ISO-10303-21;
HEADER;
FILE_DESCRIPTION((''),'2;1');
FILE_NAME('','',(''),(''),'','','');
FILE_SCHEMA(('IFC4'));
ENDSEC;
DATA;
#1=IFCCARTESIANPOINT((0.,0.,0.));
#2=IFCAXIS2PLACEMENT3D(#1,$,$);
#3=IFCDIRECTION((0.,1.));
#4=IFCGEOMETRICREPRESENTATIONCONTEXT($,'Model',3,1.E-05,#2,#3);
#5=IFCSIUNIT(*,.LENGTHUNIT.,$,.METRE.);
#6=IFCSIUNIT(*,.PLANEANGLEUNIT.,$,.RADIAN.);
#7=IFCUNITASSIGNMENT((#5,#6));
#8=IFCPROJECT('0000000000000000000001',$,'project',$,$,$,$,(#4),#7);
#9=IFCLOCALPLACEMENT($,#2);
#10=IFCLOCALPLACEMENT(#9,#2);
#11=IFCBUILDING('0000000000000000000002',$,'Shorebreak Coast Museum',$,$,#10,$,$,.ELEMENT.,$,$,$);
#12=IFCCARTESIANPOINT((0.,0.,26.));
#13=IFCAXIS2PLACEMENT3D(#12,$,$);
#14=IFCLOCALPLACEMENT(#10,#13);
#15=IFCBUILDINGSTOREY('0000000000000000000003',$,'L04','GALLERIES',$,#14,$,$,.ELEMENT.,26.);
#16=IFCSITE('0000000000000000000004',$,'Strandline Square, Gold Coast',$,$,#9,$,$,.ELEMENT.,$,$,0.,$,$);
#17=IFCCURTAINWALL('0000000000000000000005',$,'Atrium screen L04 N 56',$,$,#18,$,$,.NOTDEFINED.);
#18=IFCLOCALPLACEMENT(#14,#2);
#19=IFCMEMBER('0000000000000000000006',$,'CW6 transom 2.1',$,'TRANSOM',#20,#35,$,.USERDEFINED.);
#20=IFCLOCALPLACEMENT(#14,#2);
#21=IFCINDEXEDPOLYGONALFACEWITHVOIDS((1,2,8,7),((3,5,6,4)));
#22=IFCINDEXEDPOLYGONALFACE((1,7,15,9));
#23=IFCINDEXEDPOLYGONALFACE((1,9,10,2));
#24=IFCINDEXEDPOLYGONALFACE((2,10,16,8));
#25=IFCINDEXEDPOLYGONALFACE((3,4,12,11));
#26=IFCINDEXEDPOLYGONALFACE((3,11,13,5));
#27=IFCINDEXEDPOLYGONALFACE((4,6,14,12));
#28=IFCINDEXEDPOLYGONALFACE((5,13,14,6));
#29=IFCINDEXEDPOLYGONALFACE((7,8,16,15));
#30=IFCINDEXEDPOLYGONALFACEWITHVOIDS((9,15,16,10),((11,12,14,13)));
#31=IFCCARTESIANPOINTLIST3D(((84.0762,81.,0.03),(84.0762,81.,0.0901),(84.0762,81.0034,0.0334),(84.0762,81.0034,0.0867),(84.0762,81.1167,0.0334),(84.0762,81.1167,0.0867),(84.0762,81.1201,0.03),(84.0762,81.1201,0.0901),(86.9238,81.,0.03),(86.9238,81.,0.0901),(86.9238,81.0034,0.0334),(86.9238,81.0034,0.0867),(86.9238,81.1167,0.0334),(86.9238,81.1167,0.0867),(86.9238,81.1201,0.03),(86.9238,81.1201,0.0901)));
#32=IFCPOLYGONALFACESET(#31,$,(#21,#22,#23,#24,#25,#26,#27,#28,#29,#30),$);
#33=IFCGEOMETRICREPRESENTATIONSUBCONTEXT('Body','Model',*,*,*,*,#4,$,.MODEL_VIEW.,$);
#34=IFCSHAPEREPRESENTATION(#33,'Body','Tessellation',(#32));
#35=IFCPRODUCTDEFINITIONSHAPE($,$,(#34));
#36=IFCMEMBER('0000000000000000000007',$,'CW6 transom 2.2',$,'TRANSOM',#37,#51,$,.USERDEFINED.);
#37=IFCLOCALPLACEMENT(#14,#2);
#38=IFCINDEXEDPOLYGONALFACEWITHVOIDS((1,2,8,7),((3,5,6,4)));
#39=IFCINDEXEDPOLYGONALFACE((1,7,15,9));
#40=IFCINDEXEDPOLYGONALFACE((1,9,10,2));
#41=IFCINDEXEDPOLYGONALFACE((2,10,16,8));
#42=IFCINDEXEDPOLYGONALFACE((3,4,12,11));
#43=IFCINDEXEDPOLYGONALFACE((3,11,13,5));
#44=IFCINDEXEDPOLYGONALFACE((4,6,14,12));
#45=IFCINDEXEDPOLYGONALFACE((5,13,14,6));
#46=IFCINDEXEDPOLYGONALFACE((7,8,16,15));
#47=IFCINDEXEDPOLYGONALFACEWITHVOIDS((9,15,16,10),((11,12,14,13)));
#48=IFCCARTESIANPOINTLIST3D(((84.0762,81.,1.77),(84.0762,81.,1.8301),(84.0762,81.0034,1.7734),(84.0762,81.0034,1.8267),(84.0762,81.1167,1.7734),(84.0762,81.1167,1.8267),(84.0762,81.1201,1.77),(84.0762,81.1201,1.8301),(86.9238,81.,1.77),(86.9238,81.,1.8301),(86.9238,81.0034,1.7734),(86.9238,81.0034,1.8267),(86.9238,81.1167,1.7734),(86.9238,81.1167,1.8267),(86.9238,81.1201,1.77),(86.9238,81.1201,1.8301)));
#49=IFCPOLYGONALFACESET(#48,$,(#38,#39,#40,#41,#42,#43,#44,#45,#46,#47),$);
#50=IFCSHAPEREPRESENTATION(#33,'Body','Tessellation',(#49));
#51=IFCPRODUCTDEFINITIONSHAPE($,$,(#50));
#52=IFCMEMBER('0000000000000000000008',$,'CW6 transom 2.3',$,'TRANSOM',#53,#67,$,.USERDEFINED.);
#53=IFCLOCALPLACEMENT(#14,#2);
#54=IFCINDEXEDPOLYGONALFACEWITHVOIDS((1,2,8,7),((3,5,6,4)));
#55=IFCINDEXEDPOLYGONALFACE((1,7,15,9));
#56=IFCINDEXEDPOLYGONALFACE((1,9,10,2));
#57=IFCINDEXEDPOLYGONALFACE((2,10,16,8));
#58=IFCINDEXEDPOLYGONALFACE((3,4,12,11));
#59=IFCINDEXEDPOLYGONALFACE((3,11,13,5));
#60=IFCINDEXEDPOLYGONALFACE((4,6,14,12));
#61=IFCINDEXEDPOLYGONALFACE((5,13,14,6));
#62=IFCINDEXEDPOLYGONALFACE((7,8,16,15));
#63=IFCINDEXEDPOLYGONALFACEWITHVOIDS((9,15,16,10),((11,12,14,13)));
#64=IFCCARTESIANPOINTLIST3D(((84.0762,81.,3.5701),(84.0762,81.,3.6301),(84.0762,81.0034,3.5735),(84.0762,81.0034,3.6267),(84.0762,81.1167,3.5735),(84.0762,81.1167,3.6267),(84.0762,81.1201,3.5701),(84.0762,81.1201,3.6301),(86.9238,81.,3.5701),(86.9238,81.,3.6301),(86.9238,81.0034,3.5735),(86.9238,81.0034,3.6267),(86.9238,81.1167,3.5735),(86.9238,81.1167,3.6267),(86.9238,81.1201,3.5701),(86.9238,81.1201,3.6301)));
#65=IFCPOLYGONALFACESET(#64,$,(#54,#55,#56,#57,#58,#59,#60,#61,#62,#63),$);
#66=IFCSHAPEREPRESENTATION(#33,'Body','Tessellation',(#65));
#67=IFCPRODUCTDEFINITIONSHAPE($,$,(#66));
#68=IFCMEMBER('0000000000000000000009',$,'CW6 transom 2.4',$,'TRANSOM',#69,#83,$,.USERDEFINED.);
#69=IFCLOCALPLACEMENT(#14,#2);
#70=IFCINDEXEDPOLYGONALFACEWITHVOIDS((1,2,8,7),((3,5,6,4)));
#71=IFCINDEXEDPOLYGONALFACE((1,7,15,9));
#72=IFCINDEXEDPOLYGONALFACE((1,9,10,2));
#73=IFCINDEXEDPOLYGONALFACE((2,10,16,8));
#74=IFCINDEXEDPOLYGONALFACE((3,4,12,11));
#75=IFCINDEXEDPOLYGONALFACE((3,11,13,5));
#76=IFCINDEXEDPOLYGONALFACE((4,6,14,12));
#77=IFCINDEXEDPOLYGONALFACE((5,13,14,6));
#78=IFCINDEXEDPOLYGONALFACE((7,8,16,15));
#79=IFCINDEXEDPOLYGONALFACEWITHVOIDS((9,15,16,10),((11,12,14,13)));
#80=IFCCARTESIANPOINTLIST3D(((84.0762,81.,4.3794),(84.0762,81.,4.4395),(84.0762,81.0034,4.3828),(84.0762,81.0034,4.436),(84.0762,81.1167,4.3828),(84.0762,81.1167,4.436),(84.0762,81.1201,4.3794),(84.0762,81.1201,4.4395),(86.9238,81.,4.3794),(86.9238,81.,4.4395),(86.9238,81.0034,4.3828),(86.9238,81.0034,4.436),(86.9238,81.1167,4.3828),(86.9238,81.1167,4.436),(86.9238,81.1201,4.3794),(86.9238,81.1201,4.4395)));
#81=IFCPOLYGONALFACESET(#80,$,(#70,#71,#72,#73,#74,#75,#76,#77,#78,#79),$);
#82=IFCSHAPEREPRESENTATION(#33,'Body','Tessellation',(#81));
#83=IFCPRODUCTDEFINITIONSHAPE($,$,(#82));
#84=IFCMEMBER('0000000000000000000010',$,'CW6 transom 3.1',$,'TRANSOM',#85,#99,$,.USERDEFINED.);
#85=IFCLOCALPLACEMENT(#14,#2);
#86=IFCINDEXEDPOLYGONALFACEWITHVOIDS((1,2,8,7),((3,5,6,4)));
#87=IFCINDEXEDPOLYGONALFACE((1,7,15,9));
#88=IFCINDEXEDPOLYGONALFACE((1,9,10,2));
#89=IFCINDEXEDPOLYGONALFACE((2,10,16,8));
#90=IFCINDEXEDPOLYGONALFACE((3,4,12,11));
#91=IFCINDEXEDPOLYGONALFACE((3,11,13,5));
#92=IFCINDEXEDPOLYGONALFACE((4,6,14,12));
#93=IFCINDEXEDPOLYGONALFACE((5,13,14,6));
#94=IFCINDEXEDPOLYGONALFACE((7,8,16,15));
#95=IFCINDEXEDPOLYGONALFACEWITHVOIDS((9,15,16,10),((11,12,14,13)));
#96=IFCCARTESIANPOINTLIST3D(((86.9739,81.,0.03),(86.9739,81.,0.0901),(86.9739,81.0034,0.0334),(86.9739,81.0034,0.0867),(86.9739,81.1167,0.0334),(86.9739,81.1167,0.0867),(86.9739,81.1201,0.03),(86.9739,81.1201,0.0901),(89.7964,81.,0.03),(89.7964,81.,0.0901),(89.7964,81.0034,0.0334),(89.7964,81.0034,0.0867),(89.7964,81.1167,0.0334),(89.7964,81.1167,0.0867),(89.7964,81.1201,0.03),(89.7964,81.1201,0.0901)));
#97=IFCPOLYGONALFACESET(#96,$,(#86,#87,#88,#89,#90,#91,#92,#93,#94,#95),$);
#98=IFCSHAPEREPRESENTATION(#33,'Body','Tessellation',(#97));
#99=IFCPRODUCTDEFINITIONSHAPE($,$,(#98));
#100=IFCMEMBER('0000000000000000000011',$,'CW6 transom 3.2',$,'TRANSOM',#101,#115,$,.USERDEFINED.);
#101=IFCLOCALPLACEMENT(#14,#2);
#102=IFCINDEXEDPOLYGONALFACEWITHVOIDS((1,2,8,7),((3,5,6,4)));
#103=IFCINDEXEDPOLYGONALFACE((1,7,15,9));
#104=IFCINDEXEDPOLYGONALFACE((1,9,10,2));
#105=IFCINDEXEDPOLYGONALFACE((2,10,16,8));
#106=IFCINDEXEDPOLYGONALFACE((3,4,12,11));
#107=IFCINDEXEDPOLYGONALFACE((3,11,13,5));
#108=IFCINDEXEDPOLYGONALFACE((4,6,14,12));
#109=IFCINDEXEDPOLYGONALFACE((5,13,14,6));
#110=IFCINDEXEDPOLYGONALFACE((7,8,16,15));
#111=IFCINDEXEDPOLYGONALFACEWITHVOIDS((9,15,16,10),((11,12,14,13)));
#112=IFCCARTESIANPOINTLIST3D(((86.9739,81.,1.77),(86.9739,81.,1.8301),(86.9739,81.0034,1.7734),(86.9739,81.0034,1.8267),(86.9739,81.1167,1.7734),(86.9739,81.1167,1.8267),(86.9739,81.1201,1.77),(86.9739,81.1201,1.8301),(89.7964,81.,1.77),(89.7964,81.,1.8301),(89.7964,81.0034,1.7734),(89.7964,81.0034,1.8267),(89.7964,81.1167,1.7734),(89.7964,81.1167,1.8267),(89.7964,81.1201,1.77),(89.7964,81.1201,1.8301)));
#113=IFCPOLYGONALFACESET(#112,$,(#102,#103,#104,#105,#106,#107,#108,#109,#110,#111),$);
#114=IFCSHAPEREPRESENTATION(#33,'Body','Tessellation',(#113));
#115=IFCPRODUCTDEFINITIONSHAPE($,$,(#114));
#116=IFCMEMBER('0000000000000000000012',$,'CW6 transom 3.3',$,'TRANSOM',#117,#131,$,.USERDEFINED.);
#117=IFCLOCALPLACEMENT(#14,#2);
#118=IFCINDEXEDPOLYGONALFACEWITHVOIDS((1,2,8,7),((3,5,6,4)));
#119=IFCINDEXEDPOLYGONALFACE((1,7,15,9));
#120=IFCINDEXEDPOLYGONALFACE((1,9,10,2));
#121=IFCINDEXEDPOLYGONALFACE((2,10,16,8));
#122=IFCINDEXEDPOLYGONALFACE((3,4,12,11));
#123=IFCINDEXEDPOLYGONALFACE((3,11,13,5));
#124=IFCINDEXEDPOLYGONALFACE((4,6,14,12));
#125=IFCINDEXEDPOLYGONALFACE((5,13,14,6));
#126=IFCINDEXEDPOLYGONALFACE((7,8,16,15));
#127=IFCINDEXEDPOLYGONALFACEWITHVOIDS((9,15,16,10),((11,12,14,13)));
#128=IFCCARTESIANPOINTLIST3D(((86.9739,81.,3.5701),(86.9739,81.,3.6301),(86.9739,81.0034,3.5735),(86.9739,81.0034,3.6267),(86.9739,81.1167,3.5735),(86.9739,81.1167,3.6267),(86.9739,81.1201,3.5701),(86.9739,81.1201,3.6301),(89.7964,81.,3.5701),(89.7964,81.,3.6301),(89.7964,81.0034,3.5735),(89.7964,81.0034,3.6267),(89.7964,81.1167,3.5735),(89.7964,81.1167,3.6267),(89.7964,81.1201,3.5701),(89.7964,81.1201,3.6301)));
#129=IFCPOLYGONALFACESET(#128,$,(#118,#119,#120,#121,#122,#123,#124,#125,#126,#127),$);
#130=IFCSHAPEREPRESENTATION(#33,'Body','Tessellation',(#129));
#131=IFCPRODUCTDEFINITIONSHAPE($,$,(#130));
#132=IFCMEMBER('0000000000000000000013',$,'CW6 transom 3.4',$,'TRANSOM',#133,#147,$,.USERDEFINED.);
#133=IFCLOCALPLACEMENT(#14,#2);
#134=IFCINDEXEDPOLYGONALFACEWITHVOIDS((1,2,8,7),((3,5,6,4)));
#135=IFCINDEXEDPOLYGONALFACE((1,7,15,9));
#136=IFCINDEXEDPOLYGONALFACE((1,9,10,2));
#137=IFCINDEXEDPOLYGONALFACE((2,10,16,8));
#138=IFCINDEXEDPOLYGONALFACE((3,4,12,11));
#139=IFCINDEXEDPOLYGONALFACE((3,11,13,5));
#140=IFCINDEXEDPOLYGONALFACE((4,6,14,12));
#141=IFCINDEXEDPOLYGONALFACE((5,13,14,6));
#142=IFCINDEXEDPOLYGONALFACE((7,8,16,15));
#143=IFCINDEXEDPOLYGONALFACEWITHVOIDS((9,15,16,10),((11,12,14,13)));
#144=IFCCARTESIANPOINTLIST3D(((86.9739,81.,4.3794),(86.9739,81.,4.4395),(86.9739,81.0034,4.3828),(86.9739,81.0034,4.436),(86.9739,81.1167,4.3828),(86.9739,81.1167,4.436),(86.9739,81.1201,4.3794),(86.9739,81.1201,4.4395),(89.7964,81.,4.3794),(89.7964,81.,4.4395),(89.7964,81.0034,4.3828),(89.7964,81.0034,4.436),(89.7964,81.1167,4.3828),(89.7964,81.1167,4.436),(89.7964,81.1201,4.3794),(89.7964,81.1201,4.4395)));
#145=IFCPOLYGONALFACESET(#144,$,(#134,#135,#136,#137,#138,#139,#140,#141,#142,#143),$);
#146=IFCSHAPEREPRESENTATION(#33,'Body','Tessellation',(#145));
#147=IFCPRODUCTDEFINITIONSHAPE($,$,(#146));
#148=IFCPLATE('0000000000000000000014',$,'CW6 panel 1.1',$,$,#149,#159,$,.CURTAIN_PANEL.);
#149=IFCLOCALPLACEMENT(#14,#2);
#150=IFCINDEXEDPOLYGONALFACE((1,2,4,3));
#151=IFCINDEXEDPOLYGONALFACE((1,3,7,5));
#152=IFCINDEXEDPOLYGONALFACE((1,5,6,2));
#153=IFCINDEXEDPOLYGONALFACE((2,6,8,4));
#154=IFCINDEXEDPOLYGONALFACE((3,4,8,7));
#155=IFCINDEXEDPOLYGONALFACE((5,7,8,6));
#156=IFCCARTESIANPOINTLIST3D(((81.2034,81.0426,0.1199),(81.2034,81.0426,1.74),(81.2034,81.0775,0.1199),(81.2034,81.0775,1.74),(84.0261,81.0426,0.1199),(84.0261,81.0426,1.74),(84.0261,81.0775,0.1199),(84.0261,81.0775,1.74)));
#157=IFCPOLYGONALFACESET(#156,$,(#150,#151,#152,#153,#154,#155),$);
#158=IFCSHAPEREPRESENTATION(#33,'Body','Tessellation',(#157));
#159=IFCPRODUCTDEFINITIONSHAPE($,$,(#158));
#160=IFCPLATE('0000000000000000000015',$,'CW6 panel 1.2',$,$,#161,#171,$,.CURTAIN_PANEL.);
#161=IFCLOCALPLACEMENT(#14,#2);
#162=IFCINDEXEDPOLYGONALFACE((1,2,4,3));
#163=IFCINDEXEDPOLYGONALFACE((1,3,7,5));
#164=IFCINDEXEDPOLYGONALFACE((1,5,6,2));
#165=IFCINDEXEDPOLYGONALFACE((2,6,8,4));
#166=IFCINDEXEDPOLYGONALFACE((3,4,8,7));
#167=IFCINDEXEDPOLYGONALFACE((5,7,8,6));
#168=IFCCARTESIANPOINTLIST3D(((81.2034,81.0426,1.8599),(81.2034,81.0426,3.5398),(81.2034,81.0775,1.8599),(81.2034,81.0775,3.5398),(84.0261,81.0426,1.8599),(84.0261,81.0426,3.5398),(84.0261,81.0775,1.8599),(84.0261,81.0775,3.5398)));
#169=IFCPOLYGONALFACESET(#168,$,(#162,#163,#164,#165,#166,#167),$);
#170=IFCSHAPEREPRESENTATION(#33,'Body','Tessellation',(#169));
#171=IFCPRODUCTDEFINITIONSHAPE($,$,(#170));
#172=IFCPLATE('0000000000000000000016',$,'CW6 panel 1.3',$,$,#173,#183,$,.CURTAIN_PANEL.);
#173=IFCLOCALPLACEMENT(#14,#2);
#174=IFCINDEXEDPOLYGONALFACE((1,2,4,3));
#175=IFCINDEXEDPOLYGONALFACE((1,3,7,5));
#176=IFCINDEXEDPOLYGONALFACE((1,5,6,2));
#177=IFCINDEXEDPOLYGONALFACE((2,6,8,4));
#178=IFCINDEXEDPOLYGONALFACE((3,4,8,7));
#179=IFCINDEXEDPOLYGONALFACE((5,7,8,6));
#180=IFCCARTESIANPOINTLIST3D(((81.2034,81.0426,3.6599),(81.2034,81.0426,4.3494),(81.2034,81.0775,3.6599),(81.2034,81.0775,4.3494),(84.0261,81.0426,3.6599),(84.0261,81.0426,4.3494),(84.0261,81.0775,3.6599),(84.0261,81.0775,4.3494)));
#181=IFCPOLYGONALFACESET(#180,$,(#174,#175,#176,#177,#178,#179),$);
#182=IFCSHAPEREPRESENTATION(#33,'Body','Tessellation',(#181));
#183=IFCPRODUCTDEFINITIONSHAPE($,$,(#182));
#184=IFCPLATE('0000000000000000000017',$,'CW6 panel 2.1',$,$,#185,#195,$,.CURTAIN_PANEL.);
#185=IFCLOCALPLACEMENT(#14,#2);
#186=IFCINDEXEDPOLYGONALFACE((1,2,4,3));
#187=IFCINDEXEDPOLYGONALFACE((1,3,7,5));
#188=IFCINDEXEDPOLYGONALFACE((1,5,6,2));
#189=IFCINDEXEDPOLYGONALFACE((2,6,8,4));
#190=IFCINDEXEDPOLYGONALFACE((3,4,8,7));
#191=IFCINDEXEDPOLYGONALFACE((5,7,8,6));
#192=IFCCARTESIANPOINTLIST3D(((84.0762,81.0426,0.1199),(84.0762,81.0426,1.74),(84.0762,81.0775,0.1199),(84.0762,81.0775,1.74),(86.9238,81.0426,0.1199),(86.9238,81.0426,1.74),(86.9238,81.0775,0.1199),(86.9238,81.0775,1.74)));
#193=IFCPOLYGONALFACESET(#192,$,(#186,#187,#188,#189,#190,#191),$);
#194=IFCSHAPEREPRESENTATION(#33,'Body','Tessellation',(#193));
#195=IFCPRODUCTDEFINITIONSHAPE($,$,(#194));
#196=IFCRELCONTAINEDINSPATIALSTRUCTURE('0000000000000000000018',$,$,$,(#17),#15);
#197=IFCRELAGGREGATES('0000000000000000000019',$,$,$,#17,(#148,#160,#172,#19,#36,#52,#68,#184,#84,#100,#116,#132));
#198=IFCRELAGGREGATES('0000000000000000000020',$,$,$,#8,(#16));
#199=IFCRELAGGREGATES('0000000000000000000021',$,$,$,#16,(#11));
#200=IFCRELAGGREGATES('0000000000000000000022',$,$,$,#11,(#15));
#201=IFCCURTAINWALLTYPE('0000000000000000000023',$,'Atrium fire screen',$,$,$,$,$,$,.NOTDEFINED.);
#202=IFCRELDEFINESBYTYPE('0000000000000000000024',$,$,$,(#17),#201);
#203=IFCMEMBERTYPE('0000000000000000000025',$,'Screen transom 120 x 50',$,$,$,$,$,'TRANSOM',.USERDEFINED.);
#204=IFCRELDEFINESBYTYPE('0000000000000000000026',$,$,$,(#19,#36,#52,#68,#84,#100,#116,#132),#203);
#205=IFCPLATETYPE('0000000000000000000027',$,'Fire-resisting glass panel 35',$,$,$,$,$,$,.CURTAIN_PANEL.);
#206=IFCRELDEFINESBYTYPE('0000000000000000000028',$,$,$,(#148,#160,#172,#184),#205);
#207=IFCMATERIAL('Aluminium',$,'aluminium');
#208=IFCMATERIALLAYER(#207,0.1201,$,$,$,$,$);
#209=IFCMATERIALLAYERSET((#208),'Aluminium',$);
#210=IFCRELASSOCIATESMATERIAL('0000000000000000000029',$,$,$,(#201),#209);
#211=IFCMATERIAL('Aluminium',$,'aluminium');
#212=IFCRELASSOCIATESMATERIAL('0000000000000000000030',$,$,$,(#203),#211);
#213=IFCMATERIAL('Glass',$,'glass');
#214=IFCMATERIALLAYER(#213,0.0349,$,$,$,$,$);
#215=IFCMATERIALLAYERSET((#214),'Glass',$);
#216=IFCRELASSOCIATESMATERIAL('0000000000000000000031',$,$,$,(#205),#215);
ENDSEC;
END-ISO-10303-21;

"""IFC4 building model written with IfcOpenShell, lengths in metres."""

from ifc_helpers import new_model, si_unit, direction, frame, origin, origin_2d, place, context, subcontext, project, spatial, rectangle, hollow_rectangle, extrude, material, layer, layer_set, material_profile, profile_set, type_object, element, aggregate, save


model = new_model("IFC4")

# Units and contexts
model_context = context("Model", 3, precision=1e-05, world=origin(), true_north=direction((0.0, 1.0)))
body_context = subcontext(model_context, "Body", "Model", "MODEL_VIEW")
ifc_project = project(units=[si_unit("LENGTHUNIT", "METRE"), si_unit("PLANEANGLEUNIT", "RADIAN")], contexts=[model_context])

# Site, building, storey
site_placement = place(None, origin())
site = spatial("IfcSite", under=ifc_project, at=site_placement, Name="Strandline Square, Gold Coast", CompositionType="ELEMENT", RefElevation=0.0)
building_placement = place(site_placement, origin())
building = spatial("IfcBuilding", under=site, at=building_placement, Name="Shorebreak Coast Museum", CompositionType="ELEMENT")
storey_placement = place(building_placement, frame((0.0, 0.0, 26.0)))
storey = spatial("IfcBuildingStorey", under=building, at=storey_placement, Name="L04", Description="GALLERIES", CompositionType="ELEMENT", Elevation=26.0)

# Curtain wall, members, plates
ifc_material_1 = material(Name="Aluminium", Category="aluminium")
ifc_layer_1 = layer(ifc_material_1, 0.1201)
ifc_layer_set_1 = layer_set([ifc_layer_1], Name="Aluminium")
curtain_wall_type = type_object("IfcCurtainWallType", Name="Atrium fire screen", PredefinedType="NOTDEFINED", material=ifc_layer_set_1)
curtain_wall_placement = place(storey_placement, origin())
curtain_wall = element("IfcCurtainWall", 1, at=curtain_wall_placement, inside=storey, type_object=curtain_wall_type, Name="Atrium screen L04 N 56", PredefinedType="NOTDEFINED")
ifc_material_2 = material(Name="Aluminium", Category="aluminium")
ifc_material_profile_1 = material_profile(ifc_material_2, hollow_rectangle(XDim=0.1201, YDim=0.0601, WallThickness=0.0034, at=origin_2d()), Name="AL 60x120 RHS")
ifc_profile_set_1 = profile_set([ifc_material_profile_1], Name="Aluminium")
member_type_1 = type_object("IfcMemberType", Name="Screen transom 120 x 50", ElementType="TRANSOM", PredefinedType="USERDEFINED", material=ifc_profile_set_1)
member_1_placement = place(storey_placement, frame((84.0762, 81.0601, 0.0601), z_axis=(1.0, 0.0, 0.0), x_axis=(0.0, 1.0, 0.0)))
member_1 = element("IfcMember", 2, at=member_1_placement, type_object=member_type_1, Name="CW6 transom 2.1", ObjectType="TRANSOM", PredefinedType="USERDEFINED", context=body_context, shape_type="SweptSolid", body=[
    extrude(hollow_rectangle(XDim=0.1201, YDim=0.0601, WallThickness=0.0034, at=origin_2d()), origin(), (0.0, 0.0, 1.0), 2.8477),
])
member_2_placement = place(storey_placement, frame((84.0762, 81.0601, 1.8), z_axis=(1.0, 0.0, 0.0), x_axis=(0.0, 1.0, 0.0)))
member_2 = element("IfcMember", 3, at=member_2_placement, type_object=member_type_1, Name="CW6 transom 2.2", ObjectType="TRANSOM", PredefinedType="USERDEFINED", context=body_context, shape_type="SweptSolid", body=[
    extrude(hollow_rectangle(XDim=0.1201, YDim=0.0601, WallThickness=0.0034, at=origin_2d()), origin(), (0.0, 0.0, 1.0), 2.8477),
])
member_3_placement = place(storey_placement, frame((84.0762, 81.0601, 3.6001), z_axis=(1.0, 0.0, 0.0), x_axis=(0.0, 1.0, 0.0)))
member_3 = element("IfcMember", 4, at=member_3_placement, type_object=member_type_1, Name="CW6 transom 2.3", ObjectType="TRANSOM", PredefinedType="USERDEFINED", context=body_context, shape_type="SweptSolid", body=[
    extrude(hollow_rectangle(XDim=0.1201, YDim=0.0601, WallThickness=0.0034, at=origin_2d()), origin(), (0.0, 0.0, 1.0), 2.8477),
])
member_4_placement = place(storey_placement, frame((84.0762, 81.0601, 4.4094), z_axis=(1.0, 0.0, 0.0), x_axis=(0.0, 1.0, 0.0)))
member_4 = element("IfcMember", 5, at=member_4_placement, type_object=member_type_1, Name="CW6 transom 2.4", ObjectType="TRANSOM", PredefinedType="USERDEFINED", context=body_context, shape_type="SweptSolid", body=[
    extrude(hollow_rectangle(XDim=0.1201, YDim=0.0601, WallThickness=0.0034, at=origin_2d()), origin(), (0.0, 0.0, 1.0), 2.8477),
])
member_5_placement = place(storey_placement, frame((86.9739, 81.0601, 0.0601), z_axis=(1.0, 0.0, 0.0), x_axis=(0.0, 1.0, 0.0)))
member_5 = element("IfcMember", 6, at=member_5_placement, type_object=member_type_1, Name="CW6 transom 3.1", ObjectType="TRANSOM", PredefinedType="USERDEFINED", context=body_context, shape_type="SweptSolid", body=[
    extrude(hollow_rectangle(XDim=0.1201, YDim=0.0601, WallThickness=0.0034, at=origin_2d()), origin(), (0.0, 0.0, 1.0), 2.8225),
])
member_6_placement = place(storey_placement, frame((86.9739, 81.0601, 1.8), z_axis=(1.0, 0.0, 0.0), x_axis=(0.0, 1.0, 0.0)))
member_6 = element("IfcMember", 7, at=member_6_placement, type_object=member_type_1, Name="CW6 transom 3.2", ObjectType="TRANSOM", PredefinedType="USERDEFINED", context=body_context, shape_type="SweptSolid", body=[
    extrude(hollow_rectangle(XDim=0.1201, YDim=0.0601, WallThickness=0.0034, at=origin_2d()), origin(), (0.0, 0.0, 1.0), 2.8225),
])
member_7_placement = place(storey_placement, frame((86.9739, 81.0601, 3.6001), z_axis=(1.0, 0.0, 0.0), x_axis=(0.0, 1.0, 0.0)))
member_7 = element("IfcMember", 8, at=member_7_placement, type_object=member_type_1, Name="CW6 transom 3.3", ObjectType="TRANSOM", PredefinedType="USERDEFINED", context=body_context, shape_type="SweptSolid", body=[
    extrude(hollow_rectangle(XDim=0.1201, YDim=0.0601, WallThickness=0.0034, at=origin_2d()), origin(), (0.0, 0.0, 1.0), 2.8225),
])
member_8_placement = place(storey_placement, frame((86.9739, 81.0601, 4.4094), z_axis=(1.0, 0.0, 0.0), x_axis=(0.0, 1.0, 0.0)))
member_8 = element("IfcMember", 9, at=member_8_placement, type_object=member_type_1, Name="CW6 transom 3.4", ObjectType="TRANSOM", PredefinedType="USERDEFINED", context=body_context, shape_type="SweptSolid", body=[
    extrude(hollow_rectangle(XDim=0.1201, YDim=0.0601, WallThickness=0.0034, at=origin_2d()), origin(), (0.0, 0.0, 1.0), 2.8225),
])
ifc_material_3 = material(Name="Glass", Category="glass")
ifc_layer_2 = layer(ifc_material_3, 0.0349)
ifc_layer_set_2 = layer_set([ifc_layer_2], Name="Glass")
plate_type = type_object("IfcPlateType", Name="Fire-resisting glass panel 35", PredefinedType="CURTAIN_PANEL", material=ifc_layer_set_2)
plate_1_placement = place(storey_placement, frame((82.6147, 81.0601, 0.1199), z_axis=(0.0, 0.0, 1.0), x_axis=(1.0, 0.0, 0.0)))
plate_1 = element("IfcPlate", 10, at=plate_1_placement, type_object=plate_type, Name="CW6 panel 1.1", PredefinedType="CURTAIN_PANEL", context=body_context, shape_type="SweptSolid", body=[
    extrude(rectangle(XDim=2.8228, YDim=0.0349, at=origin_2d()), origin(), (0.0, 0.0, 1.0), 1.6201),
])
plate_2_placement = place(storey_placement, frame((82.6147, 81.0601, 1.8599), z_axis=(0.0, 0.0, 1.0), x_axis=(1.0, 0.0, 0.0)))
plate_2 = element("IfcPlate", 11, at=plate_2_placement, type_object=plate_type, Name="CW6 panel 1.2", PredefinedType="CURTAIN_PANEL", context=body_context, shape_type="SweptSolid", body=[
    extrude(rectangle(XDim=2.8228, YDim=0.0349, at=origin_2d()), origin(), (0.0, 0.0, 1.0), 1.6799),
])
plate_3_placement = place(storey_placement, frame((82.6147, 81.0601, 3.6599), z_axis=(0.0, 0.0, 1.0), x_axis=(1.0, 0.0, 0.0)))
plate_3 = element("IfcPlate", 12, at=plate_3_placement, type_object=plate_type, Name="CW6 panel 1.3", PredefinedType="CURTAIN_PANEL", context=body_context, shape_type="SweptSolid", body=[
    extrude(rectangle(XDim=2.8228, YDim=0.0349, at=origin_2d()), origin(), (0.0, 0.0, 1.0), 0.6895),
])
plate_4_placement = place(storey_placement, frame((85.5, 81.0601, 0.1199), z_axis=(0.0, 0.0, 1.0), x_axis=(1.0, 0.0, 0.0)))
plate_4 = element("IfcPlate", 13, at=plate_4_placement, type_object=plate_type, Name="CW6 panel 2.1", PredefinedType="CURTAIN_PANEL", context=body_context, shape_type="SweptSolid", body=[
    extrude(rectangle(XDim=2.8477, YDim=0.0349, at=origin_2d()), origin(), (0.0, 0.0, 1.0), 1.6201),
])
aggregate(curtain_wall, [plate_1, plate_2, plate_3, member_1, member_2, member_3, member_4, plate_4, member_5, member_6, member_7, member_8])

save(model, "model.ifc")
